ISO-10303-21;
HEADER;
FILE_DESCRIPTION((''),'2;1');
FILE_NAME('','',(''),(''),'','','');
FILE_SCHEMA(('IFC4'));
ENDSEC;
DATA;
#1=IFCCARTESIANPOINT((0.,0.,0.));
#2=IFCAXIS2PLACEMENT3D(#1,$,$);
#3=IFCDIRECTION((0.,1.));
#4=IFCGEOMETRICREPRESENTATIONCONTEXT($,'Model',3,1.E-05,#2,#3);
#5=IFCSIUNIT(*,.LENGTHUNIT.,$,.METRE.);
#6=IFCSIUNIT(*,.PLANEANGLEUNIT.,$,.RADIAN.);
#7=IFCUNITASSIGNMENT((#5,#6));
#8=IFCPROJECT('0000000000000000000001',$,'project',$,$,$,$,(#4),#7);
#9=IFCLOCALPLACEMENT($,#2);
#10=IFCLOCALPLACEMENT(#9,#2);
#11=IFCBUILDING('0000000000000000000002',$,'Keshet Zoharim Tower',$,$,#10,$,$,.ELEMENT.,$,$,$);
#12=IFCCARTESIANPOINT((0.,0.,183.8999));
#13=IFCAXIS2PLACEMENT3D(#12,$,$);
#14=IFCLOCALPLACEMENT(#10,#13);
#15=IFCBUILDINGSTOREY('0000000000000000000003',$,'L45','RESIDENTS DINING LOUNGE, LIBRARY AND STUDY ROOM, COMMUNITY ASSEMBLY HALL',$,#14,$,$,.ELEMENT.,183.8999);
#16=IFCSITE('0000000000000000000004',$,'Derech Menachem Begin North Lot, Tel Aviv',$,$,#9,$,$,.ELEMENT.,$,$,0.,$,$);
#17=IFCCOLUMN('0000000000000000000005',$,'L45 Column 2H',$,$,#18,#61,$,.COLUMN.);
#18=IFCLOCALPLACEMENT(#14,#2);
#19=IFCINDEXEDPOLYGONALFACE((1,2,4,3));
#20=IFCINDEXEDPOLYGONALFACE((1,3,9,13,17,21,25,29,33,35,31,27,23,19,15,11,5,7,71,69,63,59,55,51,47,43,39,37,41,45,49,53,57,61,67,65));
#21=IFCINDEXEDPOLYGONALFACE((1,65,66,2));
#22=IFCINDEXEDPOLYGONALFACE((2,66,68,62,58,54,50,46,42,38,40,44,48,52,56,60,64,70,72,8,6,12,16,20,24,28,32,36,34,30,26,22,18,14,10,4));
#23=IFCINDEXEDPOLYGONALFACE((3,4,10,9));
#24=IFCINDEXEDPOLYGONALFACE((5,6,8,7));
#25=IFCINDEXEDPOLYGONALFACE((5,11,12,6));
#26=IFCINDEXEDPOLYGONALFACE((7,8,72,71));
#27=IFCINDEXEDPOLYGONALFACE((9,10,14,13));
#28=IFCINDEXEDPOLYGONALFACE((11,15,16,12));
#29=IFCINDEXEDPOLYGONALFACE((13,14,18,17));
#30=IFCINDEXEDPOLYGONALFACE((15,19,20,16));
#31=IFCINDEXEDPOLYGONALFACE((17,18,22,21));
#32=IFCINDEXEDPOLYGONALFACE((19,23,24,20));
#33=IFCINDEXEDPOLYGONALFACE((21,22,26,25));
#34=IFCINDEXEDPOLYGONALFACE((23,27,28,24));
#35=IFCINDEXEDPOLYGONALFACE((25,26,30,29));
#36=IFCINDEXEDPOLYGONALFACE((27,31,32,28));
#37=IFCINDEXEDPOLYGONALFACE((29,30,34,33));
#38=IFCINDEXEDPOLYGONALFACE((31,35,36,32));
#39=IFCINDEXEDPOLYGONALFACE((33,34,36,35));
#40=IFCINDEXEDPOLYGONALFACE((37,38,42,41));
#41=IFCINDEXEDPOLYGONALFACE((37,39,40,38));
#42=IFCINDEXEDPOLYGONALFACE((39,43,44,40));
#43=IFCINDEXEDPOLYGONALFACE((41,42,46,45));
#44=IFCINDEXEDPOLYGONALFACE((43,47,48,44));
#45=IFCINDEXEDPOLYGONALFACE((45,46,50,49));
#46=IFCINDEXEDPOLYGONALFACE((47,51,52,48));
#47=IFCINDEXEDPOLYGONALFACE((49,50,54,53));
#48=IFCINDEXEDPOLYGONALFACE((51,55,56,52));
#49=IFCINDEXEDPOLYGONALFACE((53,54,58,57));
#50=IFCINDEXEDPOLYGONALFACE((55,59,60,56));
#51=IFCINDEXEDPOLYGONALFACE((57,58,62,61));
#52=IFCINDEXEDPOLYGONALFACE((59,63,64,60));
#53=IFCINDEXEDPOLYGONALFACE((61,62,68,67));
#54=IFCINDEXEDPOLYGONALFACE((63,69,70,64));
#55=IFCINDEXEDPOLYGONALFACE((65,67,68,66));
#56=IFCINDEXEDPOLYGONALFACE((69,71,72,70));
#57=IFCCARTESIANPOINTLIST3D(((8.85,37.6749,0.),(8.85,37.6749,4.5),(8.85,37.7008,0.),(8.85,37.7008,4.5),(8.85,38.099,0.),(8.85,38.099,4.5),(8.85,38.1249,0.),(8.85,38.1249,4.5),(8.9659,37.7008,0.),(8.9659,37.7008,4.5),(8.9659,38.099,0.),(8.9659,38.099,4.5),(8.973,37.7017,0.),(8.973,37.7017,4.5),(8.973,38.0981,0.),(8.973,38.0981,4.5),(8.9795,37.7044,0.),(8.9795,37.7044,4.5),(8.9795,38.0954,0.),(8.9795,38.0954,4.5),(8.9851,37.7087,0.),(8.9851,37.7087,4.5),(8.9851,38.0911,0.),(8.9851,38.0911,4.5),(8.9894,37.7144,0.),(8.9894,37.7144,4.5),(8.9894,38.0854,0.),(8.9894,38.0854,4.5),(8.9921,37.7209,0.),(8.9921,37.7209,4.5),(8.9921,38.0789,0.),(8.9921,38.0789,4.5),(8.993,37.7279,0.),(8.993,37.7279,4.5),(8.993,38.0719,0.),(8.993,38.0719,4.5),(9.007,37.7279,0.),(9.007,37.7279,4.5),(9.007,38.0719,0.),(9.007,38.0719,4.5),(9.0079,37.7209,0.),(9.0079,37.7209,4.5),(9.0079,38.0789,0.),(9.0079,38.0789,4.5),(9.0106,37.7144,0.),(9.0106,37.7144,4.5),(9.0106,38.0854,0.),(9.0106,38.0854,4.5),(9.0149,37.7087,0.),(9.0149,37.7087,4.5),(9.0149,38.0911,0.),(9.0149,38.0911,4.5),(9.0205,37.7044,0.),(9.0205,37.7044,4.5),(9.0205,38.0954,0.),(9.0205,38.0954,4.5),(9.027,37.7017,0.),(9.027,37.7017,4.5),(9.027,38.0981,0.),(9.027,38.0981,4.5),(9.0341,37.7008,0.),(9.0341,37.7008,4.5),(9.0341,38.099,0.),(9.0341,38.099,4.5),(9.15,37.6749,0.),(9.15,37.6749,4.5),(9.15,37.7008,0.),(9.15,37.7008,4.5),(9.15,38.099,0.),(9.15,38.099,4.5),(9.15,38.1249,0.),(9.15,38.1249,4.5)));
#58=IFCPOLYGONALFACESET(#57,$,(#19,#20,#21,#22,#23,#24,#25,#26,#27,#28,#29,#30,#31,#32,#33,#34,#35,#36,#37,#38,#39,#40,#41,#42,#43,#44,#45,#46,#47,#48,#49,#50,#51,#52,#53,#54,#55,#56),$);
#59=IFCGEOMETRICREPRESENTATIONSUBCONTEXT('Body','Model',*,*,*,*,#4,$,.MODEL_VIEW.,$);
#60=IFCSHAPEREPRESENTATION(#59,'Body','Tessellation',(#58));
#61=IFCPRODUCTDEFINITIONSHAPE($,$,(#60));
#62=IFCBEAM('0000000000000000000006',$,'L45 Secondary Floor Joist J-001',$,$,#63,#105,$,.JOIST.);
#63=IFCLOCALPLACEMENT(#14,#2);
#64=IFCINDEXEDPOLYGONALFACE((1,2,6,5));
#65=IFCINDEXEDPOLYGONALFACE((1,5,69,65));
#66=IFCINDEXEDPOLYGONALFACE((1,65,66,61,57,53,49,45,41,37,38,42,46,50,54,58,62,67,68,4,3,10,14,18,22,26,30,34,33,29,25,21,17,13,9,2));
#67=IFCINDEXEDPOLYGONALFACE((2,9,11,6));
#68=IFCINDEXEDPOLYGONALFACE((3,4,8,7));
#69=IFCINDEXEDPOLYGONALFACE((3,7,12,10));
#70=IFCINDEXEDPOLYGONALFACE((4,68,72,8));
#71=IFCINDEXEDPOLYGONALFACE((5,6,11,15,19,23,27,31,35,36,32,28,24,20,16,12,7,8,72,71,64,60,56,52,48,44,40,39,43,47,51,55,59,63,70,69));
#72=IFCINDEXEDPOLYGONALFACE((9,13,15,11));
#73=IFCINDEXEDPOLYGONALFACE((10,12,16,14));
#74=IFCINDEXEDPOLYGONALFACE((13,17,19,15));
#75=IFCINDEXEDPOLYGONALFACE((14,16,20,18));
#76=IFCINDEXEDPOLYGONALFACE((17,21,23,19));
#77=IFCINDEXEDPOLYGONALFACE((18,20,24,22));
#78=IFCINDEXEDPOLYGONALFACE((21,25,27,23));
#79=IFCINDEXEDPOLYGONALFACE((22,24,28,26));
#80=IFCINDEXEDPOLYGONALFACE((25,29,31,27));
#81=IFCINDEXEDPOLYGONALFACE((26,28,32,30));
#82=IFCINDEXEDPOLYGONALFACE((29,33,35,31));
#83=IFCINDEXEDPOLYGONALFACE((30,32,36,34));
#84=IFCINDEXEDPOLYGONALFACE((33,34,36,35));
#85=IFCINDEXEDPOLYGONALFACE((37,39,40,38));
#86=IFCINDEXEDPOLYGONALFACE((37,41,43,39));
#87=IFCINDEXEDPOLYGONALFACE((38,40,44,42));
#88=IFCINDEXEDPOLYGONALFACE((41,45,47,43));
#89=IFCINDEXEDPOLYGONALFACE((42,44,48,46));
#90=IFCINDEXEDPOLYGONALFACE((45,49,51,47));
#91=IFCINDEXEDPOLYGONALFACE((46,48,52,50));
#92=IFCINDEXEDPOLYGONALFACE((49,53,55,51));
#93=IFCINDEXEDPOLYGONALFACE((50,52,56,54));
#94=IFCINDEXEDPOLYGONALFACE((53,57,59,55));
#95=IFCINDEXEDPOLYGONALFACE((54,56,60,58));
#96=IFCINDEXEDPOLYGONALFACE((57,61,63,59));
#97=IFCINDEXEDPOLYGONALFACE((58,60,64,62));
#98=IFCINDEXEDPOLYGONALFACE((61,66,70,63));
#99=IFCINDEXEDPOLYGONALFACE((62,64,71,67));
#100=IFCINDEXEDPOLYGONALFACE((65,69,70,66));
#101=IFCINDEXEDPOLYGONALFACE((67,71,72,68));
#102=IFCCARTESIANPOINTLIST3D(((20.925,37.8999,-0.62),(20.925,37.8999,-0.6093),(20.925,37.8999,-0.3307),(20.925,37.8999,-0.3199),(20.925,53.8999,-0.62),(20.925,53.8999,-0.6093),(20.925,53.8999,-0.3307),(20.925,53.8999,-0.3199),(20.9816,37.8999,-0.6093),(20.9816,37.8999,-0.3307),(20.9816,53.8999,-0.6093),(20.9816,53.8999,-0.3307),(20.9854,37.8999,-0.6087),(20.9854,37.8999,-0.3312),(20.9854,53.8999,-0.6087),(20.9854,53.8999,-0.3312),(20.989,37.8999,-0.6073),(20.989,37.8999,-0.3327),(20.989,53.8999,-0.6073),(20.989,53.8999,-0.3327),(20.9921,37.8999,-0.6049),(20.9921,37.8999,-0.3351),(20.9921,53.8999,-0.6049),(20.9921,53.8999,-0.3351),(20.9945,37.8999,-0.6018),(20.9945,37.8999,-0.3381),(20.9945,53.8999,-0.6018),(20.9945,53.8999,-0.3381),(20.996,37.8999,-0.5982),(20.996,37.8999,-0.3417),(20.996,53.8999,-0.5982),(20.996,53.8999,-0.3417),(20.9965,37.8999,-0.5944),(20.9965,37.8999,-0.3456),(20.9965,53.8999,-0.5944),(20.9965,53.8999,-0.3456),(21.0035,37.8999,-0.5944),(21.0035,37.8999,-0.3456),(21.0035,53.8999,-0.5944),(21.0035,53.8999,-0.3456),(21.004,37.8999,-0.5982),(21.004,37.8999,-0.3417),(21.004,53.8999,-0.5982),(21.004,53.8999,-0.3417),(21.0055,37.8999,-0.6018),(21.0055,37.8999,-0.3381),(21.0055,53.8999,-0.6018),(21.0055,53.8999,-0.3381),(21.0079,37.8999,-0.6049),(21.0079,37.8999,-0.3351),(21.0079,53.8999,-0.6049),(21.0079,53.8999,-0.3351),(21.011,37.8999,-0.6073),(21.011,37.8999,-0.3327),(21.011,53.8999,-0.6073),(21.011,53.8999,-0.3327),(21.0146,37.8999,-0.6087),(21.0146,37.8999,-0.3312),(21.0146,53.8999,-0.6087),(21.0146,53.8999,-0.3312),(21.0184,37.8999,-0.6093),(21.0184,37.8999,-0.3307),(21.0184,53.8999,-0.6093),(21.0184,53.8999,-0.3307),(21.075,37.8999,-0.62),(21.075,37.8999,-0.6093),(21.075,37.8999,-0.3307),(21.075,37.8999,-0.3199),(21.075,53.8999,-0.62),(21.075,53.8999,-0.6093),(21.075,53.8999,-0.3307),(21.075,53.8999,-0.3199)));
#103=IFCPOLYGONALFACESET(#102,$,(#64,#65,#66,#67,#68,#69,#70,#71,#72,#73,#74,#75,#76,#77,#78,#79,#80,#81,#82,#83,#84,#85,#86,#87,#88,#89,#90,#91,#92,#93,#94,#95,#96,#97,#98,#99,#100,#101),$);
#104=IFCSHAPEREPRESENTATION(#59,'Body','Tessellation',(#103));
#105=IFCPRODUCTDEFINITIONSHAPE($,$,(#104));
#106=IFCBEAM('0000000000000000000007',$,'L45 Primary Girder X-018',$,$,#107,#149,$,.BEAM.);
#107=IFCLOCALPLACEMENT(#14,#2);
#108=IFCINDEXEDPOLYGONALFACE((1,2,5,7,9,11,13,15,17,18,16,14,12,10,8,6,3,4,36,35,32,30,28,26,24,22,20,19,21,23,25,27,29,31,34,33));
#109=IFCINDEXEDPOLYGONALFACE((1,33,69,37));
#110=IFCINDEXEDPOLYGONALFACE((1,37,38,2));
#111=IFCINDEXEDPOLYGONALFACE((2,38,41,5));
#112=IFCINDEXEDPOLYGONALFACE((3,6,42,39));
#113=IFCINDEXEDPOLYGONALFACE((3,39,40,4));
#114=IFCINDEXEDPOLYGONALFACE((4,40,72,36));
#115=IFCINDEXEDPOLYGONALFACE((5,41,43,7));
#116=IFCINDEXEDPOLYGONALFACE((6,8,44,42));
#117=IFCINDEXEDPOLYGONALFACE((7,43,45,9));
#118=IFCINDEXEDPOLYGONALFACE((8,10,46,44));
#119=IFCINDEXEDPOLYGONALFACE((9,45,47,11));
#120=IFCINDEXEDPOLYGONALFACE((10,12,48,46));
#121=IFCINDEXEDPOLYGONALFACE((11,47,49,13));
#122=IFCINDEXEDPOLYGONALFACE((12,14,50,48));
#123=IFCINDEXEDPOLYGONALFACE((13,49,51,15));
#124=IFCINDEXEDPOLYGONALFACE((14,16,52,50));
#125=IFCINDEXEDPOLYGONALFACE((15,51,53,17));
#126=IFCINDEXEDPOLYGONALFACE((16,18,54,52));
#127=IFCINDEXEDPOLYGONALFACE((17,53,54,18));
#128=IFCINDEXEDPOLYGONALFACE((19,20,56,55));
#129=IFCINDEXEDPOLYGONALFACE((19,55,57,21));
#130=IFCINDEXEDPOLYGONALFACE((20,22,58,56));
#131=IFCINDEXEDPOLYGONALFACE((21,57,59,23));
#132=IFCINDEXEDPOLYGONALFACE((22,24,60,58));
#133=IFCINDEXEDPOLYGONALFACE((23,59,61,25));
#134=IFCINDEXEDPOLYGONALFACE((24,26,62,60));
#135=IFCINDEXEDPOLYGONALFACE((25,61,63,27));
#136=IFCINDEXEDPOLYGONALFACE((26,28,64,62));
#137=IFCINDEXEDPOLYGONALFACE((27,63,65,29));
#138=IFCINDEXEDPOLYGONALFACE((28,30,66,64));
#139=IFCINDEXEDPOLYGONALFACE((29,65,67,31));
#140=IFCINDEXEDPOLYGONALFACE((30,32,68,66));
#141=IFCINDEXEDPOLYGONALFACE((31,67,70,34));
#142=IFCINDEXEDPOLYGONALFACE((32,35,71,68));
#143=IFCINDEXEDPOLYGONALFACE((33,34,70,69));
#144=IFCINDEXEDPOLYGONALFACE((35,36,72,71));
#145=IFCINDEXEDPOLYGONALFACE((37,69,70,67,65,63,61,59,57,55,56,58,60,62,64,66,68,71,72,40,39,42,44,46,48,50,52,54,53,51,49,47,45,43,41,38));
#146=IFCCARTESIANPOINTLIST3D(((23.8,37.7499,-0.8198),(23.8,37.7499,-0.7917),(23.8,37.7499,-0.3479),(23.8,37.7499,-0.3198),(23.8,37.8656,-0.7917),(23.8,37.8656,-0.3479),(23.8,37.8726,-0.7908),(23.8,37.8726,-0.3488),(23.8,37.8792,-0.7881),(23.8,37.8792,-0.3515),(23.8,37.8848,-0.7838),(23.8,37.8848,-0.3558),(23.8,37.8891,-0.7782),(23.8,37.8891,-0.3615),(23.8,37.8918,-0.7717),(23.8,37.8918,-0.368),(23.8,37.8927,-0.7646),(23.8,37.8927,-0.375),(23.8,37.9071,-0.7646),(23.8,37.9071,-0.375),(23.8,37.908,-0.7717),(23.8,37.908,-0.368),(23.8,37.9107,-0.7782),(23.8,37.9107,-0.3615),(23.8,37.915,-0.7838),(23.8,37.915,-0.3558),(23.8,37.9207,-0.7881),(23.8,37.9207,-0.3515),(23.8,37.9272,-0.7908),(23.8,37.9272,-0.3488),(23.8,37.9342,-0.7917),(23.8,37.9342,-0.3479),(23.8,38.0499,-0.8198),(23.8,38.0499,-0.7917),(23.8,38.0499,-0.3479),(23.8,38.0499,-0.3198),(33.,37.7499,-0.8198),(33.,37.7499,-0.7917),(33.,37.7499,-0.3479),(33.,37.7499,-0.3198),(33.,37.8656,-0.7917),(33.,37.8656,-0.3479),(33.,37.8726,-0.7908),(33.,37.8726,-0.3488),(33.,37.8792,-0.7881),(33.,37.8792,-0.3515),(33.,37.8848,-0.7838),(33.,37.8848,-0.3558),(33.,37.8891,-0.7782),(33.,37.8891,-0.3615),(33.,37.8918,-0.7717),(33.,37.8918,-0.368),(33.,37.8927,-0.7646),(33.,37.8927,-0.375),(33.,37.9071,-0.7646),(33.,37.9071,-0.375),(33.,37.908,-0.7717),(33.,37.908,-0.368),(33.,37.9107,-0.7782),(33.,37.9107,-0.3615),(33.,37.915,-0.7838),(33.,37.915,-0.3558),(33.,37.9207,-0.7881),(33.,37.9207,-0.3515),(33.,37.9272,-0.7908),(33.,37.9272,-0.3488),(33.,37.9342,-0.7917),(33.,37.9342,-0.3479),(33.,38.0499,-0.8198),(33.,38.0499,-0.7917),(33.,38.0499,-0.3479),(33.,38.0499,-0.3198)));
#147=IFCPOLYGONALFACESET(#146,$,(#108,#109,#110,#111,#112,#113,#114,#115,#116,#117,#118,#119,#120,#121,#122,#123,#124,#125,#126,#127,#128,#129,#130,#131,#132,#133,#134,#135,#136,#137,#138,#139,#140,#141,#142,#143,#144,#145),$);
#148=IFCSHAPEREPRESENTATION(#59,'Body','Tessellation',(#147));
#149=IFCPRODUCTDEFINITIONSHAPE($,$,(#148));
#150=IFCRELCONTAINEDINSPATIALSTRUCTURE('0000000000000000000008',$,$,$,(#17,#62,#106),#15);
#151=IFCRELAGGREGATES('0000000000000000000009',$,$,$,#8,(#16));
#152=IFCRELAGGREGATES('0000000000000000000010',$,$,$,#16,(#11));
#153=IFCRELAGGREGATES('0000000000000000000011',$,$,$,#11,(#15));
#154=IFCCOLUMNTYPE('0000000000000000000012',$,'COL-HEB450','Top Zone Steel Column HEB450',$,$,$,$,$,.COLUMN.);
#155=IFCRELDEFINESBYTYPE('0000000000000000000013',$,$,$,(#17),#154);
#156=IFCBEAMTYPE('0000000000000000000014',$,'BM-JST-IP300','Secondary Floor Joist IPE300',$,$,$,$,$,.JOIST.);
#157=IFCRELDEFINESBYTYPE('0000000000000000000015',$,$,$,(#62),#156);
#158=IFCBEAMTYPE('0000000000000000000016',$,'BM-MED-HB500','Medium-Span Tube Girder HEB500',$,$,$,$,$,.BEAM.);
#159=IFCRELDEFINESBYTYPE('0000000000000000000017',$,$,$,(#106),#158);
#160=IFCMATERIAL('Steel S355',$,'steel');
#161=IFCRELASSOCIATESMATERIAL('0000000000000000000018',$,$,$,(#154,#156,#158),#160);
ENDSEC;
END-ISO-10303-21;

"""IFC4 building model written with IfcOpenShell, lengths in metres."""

from ifc_helpers import new_model, si_unit, direction, frame, origin, origin_2d, place, context, subcontext, project, spatial, i_section, extrude, material, material_profile, profile_set, type_object, element, save


model = new_model("IFC4")

# Units and contexts
model_context = context("Model", 3, precision=1e-05, world=origin(), true_north=direction((0.0, 1.0)))
body_context = subcontext(model_context, "Body", "Model", "MODEL_VIEW")
ifc_project = project(units=[si_unit("LENGTHUNIT", "METRE"), si_unit("PLANEANGLEUNIT", "RADIAN")], contexts=[model_context])

# Site, building, storey
site_placement = place(None, origin())
site = spatial("IfcSite", under=ifc_project, at=site_placement, Name="Derech Menachem Begin North Lot, Tel Aviv", CompositionType="ELEMENT", RefElevation=0.0)
building_placement = place(site_placement, origin())
building = spatial("IfcBuilding", under=site, at=building_placement, Name="Keshet Zoharim Tower", CompositionType="ELEMENT")
storey_placement = place(building_placement, frame((0.0, 0.0, 183.8999)))
storey = spatial("IfcBuildingStorey", under=building, at=storey_placement, Name="L45", Description="RESIDENTS DINING LOUNGE, LIBRARY AND STUDY ROOM, COMMUNITY ASSEMBLY HALL", CompositionType="ELEMENT", Elevation=183.8999)

# Column
ifc_material_1 = material(Name="Steel S355", Category="steel")
ifc_material_profile_1 = material_profile(ifc_material_1, i_section(OverallWidth=0.3, OverallDepth=0.45, WebThickness=0.0139, FlangeThickness=0.0259, FilletRadius=0.0271, at=origin_2d()), Name="HEB450")
ifc_profile_set_1 = profile_set([ifc_material_profile_1], Name="Steel S355")
column_type = type_object("IfcColumnType", Name="COL-HEB450", Description="Top Zone Steel Column HEB450", PredefinedType="COLUMN", material=ifc_profile_set_1)
column_placement = place(storey_placement, frame((9.0, 37.8999, 0.0), z_axis=(0.0, 0.0, 1.0), x_axis=(1.0, 0.0, 0.0)))
element("IfcColumn", 1, at=column_placement, inside=storey, type_object=column_type, Name="L45 Column 2H", PredefinedType="COLUMN", context=body_context, shape_type="SweptSolid", body=[
    extrude(i_section(OverallWidth=0.3, OverallDepth=0.45, WebThickness=0.0139, FlangeThickness=0.0259, FilletRadius=0.0271, at=origin_2d()), origin(), (0.0, 0.0, 1.0), 4.5),
])

# Beams
ifc_material_profile_2 = material_profile(ifc_material_1, i_section(OverallWidth=0.1499, OverallDepth=0.3, WebThickness=0.0071, FlangeThickness=0.0107, FilletRadius=0.0149, at=origin_2d()), Name="IPE300")
ifc_profile_set_2 = profile_set([ifc_material_profile_2], Name="Steel S355")
beam_type_1 = type_object("IfcBeamType", Name="BM-JST-IP300", Description="Secondary Floor Joist IPE300", PredefinedType="JOIST", material=ifc_profile_set_2)
beam_1_placement = place(storey_placement, frame((21.0, 37.8999, -0.47), z_axis=(0.0, 1.0, 0.0), x_axis=(-1.0, 0.0, 0.0)))
element("IfcBeam", 2, at=beam_1_placement, inside=storey, type_object=beam_type_1, Name="L45 Secondary Floor Joist J-001", PredefinedType="JOIST", context=body_context, shape_type="SweptSolid", body=[
    extrude(i_section(OverallWidth=0.1499, OverallDepth=0.3, WebThickness=0.0071, FlangeThickness=0.0107, FilletRadius=0.0149, at=origin_2d()), origin(), (0.0, 0.0, 1.0), 16.0),
])
ifc_material_profile_3 = material_profile(ifc_material_1, i_section(OverallWidth=0.3, OverallDepth=0.5, WebThickness=0.0144, FlangeThickness=0.0281, FilletRadius=0.0271, at=origin_2d()), Name="HEB500")
ifc_profile_set_3 = profile_set([ifc_material_profile_3], Name="Steel S355")
beam_type_2 = type_object("IfcBeamType", Name="BM-MED-HB500", Description="Medium-Span Tube Girder HEB500", PredefinedType="BEAM", material=ifc_profile_set_3)
beam_2_placement = place(storey_placement, frame((23.8, 37.8999, -0.5698), z_axis=(1.0, 0.0, 0.0), x_axis=(0.0, 1.0, 0.0)))
element("IfcBeam", 3, at=beam_2_placement, inside=storey, type_object=beam_type_2, Name="L45 Primary Girder X-018", PredefinedType="BEAM", context=body_context, shape_type="SweptSolid", body=[
    extrude(i_section(OverallWidth=0.3, OverallDepth=0.5, WebThickness=0.0144, FlangeThickness=0.0281, FilletRadius=0.0271, at=origin_2d()), origin(), (0.0, 0.0, 1.0), 9.2),
])

save(model, "model.ifc")
